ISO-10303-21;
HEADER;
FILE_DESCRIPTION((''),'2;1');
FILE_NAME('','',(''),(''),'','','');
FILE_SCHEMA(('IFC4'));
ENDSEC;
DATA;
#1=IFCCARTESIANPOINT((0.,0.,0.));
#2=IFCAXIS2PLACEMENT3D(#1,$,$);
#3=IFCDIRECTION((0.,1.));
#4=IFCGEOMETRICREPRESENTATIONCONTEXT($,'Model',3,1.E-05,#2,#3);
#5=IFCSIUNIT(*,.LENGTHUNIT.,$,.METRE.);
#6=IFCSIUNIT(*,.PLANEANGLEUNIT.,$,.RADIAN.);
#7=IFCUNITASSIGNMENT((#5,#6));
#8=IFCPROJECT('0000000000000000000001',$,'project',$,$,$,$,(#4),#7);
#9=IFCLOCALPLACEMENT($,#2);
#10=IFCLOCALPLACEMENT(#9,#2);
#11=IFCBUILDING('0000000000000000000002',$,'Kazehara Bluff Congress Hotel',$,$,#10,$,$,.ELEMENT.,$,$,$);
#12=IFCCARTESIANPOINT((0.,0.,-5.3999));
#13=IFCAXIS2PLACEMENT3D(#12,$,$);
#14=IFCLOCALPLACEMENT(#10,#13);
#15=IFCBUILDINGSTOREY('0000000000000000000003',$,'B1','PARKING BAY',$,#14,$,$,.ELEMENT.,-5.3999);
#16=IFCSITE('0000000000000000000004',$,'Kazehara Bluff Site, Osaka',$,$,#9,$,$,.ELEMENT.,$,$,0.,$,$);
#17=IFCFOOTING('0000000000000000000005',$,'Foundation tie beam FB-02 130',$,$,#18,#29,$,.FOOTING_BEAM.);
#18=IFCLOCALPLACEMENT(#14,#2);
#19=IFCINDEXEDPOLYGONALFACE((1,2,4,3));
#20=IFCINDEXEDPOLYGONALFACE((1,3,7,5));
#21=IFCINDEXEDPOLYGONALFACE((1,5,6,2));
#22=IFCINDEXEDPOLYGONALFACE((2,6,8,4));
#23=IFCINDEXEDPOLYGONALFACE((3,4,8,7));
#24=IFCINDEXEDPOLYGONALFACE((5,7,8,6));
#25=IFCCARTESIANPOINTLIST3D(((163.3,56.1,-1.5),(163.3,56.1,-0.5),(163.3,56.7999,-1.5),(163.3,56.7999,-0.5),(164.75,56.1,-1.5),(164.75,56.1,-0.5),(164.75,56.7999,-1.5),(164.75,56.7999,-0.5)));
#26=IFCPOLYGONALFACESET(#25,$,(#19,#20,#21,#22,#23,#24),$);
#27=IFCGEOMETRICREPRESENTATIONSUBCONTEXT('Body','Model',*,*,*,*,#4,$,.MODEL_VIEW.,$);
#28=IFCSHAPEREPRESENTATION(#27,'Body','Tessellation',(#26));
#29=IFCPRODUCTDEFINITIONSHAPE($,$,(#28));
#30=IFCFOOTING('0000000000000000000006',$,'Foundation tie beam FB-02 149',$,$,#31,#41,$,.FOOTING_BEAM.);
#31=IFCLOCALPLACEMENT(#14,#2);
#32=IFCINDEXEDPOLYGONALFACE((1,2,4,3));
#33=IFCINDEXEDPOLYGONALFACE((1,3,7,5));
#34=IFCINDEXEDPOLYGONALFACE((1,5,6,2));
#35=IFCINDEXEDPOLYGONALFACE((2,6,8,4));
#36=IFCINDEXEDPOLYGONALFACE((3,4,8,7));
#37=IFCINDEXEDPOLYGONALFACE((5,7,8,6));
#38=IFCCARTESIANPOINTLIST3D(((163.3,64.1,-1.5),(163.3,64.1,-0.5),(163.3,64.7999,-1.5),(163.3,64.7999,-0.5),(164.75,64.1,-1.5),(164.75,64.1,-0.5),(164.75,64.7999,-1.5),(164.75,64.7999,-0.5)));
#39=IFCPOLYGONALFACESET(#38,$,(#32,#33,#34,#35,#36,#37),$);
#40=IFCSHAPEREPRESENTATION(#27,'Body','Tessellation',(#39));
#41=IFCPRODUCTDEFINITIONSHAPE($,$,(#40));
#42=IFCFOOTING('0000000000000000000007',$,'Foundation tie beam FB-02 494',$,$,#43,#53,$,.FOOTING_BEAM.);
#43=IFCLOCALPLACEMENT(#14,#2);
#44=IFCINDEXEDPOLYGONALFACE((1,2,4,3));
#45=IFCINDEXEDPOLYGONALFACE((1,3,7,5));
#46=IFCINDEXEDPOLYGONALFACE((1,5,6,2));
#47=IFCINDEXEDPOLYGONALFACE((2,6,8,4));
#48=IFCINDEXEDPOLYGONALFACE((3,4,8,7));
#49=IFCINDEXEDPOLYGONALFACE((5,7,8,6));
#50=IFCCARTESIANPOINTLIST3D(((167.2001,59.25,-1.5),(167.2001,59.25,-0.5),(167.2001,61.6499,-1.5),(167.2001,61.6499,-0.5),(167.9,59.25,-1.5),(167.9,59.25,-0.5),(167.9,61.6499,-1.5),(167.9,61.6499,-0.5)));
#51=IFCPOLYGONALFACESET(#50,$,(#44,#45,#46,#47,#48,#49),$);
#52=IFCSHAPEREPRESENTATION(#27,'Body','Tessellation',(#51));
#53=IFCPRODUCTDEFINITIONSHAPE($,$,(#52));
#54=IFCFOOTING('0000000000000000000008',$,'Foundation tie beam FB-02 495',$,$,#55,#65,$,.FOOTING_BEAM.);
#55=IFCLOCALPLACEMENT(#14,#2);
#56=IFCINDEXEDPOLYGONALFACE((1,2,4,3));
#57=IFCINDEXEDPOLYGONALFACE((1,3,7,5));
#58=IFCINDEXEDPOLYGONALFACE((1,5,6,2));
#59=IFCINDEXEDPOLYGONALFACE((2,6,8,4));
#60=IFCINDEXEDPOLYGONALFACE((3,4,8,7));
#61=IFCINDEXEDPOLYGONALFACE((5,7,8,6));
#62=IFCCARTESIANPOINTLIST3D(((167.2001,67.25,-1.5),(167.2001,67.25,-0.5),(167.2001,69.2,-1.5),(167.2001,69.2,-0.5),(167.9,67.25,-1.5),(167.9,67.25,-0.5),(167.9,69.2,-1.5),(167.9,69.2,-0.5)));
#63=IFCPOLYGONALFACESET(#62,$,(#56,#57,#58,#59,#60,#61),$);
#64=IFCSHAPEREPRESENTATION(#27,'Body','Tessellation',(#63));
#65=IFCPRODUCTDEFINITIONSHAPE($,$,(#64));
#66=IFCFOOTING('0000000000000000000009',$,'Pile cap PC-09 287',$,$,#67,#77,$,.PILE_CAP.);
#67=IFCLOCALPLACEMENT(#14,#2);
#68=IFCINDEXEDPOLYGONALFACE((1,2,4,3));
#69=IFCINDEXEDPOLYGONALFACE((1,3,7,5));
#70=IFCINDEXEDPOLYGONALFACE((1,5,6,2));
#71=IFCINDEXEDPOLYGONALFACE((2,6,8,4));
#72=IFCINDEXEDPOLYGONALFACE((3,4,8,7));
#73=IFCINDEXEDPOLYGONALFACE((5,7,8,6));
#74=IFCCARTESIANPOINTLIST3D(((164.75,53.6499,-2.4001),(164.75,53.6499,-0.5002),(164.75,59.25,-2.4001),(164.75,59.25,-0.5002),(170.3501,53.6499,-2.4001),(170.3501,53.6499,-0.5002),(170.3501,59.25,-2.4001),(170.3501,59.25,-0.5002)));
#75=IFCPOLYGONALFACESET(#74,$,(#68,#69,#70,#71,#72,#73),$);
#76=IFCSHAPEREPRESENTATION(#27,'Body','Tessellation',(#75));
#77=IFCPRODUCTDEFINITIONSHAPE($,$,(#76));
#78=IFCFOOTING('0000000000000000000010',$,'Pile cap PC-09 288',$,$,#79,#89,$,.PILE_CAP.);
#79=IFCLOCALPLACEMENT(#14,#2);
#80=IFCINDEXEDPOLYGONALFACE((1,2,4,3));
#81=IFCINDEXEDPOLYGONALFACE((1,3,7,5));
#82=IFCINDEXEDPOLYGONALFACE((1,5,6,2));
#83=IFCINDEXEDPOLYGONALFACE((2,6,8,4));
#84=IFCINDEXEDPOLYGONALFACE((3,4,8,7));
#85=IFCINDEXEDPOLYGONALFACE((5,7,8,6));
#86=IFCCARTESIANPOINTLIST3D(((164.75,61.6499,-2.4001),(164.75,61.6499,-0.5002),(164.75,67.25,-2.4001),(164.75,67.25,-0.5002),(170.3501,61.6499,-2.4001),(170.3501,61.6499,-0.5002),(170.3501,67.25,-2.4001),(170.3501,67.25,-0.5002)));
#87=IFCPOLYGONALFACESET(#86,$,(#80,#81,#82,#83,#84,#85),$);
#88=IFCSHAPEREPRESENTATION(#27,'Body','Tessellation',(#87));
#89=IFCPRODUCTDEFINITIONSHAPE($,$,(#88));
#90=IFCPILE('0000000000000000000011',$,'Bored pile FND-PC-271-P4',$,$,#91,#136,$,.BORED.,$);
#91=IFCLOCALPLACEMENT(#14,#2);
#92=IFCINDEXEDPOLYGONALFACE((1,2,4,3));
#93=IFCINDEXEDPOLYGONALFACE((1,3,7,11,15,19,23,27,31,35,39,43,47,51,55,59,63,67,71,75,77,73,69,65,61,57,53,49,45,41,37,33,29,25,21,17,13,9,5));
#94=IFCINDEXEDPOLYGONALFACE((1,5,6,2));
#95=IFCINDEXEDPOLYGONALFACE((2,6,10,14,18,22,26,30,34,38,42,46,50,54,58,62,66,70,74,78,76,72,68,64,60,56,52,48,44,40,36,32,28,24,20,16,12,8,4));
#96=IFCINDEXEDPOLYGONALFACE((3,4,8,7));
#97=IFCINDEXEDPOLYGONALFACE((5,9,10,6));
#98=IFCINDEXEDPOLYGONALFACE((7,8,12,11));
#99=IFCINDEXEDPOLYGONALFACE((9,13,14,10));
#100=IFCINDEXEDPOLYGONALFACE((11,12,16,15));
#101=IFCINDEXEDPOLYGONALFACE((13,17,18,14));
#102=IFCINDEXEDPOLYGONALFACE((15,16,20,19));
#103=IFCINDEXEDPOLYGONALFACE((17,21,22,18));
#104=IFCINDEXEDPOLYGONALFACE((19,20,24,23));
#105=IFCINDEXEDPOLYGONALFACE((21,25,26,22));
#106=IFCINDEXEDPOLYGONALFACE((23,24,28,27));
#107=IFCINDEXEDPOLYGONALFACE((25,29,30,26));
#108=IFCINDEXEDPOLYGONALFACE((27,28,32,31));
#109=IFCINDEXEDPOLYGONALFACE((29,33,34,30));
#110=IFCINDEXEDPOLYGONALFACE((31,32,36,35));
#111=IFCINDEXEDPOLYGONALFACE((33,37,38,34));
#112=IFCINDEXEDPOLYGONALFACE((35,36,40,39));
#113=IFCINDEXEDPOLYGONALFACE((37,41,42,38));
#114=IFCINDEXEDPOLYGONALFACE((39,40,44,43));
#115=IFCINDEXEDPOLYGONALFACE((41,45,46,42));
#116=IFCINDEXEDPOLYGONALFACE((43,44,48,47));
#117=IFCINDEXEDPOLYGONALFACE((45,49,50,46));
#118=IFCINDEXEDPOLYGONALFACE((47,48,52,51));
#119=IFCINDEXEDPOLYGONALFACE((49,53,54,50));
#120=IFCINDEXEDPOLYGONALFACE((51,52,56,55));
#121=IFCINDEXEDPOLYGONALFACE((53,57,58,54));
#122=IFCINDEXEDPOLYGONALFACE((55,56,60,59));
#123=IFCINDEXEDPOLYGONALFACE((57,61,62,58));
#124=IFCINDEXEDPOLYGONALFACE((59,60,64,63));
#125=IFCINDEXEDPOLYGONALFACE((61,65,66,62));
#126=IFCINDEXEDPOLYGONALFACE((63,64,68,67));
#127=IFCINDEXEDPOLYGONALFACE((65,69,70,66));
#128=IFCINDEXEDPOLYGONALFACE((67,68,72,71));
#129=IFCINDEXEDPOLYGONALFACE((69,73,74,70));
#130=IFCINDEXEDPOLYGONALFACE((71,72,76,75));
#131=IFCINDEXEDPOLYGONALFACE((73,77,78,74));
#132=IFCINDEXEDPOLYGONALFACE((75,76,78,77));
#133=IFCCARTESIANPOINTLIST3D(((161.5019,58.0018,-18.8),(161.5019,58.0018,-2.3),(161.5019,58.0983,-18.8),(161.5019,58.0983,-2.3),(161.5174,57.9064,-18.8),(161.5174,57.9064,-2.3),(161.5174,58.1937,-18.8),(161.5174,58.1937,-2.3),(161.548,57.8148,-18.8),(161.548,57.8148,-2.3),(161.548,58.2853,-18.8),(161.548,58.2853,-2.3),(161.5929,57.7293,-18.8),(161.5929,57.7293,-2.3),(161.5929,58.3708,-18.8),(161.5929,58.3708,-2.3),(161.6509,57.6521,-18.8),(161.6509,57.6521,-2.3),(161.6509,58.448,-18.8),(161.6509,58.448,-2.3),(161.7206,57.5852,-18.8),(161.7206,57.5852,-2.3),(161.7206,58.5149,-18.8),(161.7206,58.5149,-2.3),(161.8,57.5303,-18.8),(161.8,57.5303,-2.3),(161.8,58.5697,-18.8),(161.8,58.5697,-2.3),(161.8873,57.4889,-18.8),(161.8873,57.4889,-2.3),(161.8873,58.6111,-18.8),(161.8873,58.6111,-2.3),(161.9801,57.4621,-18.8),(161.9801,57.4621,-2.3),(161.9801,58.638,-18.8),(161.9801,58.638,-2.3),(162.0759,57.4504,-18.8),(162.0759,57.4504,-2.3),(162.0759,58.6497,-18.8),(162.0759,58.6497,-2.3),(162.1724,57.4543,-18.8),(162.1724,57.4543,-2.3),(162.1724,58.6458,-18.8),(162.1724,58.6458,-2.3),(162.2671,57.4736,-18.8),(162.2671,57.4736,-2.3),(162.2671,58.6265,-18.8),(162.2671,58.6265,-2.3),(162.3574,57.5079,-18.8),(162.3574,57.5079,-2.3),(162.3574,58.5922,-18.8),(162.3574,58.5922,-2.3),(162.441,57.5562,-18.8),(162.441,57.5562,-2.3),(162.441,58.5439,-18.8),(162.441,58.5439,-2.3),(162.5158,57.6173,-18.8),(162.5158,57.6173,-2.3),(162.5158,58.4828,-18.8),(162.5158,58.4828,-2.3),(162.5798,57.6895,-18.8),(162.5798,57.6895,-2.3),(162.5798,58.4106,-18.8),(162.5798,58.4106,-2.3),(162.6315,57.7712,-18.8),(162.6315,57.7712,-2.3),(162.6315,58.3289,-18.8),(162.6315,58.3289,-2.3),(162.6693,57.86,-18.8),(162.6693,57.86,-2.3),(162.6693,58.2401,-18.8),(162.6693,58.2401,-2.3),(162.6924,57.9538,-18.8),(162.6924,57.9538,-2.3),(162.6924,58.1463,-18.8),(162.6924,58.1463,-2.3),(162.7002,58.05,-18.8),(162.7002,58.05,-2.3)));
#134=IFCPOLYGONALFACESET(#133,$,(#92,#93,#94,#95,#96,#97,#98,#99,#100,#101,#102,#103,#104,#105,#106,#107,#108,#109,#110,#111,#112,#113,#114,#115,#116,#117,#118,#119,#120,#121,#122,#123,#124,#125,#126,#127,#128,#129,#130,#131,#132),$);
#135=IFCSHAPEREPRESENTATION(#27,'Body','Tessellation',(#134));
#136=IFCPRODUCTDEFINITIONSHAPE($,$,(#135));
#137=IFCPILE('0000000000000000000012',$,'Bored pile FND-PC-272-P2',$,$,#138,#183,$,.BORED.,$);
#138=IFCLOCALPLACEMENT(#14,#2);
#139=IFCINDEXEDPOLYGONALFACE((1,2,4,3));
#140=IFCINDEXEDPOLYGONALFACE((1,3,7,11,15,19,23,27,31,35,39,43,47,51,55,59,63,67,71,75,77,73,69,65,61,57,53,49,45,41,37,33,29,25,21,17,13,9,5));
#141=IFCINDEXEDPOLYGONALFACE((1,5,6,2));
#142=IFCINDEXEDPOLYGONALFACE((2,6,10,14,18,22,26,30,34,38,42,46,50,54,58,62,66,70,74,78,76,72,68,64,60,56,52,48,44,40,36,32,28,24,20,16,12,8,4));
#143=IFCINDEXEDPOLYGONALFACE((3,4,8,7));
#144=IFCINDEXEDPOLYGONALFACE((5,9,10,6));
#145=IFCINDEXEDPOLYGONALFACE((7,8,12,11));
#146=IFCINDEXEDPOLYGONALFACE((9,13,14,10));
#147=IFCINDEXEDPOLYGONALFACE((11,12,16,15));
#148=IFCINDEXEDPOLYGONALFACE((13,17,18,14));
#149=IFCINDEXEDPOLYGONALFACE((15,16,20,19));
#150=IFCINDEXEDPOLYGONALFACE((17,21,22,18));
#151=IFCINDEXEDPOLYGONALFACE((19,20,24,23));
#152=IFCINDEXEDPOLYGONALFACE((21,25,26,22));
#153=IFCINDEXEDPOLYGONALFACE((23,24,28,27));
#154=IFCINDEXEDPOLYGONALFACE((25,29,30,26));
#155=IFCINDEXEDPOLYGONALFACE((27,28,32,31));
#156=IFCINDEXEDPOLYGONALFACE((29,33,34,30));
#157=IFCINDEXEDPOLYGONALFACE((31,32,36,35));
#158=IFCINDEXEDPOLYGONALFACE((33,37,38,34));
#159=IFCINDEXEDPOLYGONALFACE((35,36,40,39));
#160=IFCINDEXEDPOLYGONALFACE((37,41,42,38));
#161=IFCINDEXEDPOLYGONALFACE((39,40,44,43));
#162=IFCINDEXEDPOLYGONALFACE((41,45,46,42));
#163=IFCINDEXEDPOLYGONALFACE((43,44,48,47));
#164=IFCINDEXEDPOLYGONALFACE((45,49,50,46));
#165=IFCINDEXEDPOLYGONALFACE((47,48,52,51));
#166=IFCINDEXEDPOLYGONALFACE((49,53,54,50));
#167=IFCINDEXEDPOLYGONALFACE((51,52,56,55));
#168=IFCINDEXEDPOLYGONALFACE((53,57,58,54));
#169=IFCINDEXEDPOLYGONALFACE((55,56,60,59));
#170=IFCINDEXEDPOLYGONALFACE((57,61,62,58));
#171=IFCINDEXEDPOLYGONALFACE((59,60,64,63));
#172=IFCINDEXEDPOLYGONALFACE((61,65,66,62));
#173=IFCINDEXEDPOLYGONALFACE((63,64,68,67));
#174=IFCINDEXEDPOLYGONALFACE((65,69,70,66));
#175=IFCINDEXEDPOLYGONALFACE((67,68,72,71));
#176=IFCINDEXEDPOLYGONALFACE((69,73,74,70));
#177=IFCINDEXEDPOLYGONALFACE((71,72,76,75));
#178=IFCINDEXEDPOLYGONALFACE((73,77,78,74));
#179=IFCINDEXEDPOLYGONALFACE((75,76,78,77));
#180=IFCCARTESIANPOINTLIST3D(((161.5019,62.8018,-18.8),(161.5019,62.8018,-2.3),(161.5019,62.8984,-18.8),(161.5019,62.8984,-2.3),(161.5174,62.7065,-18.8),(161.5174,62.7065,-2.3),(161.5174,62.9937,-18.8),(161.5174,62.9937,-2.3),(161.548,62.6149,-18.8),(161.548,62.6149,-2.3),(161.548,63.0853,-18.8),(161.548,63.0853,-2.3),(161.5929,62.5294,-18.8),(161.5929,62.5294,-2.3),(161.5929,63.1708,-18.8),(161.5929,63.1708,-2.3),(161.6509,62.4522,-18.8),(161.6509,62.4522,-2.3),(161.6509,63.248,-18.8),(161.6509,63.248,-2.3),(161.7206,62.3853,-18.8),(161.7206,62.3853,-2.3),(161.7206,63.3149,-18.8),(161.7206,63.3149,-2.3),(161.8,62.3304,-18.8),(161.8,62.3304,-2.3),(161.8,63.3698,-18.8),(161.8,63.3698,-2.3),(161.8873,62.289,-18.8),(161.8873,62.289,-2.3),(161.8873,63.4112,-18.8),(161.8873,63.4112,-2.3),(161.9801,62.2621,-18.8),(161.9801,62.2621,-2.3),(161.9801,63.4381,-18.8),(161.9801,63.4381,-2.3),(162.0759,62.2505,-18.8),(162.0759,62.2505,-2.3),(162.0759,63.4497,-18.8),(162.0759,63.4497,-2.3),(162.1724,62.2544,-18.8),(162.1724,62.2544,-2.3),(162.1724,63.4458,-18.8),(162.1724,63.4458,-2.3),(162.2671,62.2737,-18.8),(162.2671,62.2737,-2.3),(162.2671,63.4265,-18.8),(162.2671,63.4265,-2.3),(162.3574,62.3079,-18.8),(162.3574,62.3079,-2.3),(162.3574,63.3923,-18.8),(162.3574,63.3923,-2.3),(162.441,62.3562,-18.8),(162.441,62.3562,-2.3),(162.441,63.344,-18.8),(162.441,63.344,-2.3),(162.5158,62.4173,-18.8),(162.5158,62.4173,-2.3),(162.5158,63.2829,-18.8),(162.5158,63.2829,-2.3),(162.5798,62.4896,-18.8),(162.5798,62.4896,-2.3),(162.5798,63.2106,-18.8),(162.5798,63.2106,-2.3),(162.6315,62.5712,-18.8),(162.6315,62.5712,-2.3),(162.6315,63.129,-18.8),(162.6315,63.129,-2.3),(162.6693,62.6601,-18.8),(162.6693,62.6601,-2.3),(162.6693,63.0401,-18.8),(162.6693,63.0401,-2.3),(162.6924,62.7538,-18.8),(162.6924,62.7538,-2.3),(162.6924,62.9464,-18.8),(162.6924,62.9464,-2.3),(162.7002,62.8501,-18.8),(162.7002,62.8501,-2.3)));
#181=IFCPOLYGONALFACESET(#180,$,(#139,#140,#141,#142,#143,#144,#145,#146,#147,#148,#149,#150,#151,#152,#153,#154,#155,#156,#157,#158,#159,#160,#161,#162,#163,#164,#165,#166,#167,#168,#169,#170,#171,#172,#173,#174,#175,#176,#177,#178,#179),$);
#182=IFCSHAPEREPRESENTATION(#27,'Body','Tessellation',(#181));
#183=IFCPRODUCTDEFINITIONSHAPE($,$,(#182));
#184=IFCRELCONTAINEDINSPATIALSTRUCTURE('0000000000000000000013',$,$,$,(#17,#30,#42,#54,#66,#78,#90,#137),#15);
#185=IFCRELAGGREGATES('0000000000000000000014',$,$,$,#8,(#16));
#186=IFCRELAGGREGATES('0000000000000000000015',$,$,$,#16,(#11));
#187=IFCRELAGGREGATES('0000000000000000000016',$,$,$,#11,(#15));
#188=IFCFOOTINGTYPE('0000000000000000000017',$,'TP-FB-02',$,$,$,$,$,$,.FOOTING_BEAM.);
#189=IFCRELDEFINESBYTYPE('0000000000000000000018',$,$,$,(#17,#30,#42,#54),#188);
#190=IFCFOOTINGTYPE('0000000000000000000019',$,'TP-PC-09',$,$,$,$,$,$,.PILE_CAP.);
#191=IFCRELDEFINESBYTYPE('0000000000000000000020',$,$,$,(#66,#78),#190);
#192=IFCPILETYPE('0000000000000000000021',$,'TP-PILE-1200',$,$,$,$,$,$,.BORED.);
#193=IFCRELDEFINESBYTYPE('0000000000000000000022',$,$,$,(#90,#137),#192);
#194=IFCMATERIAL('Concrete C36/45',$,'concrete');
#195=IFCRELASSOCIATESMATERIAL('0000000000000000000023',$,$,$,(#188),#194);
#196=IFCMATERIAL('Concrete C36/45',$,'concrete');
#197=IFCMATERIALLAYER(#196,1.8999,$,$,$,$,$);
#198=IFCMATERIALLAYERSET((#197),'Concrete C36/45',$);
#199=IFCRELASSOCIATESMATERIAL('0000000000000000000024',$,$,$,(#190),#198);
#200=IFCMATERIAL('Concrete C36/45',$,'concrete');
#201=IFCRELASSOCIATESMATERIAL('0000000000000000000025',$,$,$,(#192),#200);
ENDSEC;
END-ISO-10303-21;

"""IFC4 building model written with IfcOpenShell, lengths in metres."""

from ifc_helpers import new_model, si_unit, direction, frame, origin, origin_2d, place, context, subcontext, project, spatial, rectangle, circle, extrude, material, layer, layer_set, material_profile, profile_set, type_object, element, save


model = new_model("IFC4")

# Units and contexts
model_context = context("Model", 3, precision=1e-05, world=origin(), true_north=direction((0.0, 1.0)))
body_context = subcontext(model_context, "Body", "Model", "MODEL_VIEW")
ifc_project = project(units=[si_unit("LENGTHUNIT", "METRE"), si_unit("PLANEANGLEUNIT", "RADIAN")], contexts=[model_context])

# Site, building, storey
site_placement = place(None, origin())
site = spatial("IfcSite", under=ifc_project, at=site_placement, Name="Kazehara Bluff Site, Osaka", CompositionType="ELEMENT", RefElevation=0.0)
building_placement = place(site_placement, origin())
building = spatial("IfcBuilding", under=site, at=building_placement, Name="Kazehara Bluff Congress Hotel", CompositionType="ELEMENT")
storey_placement = place(building_placement, frame((0.0, 0.0, -5.3999)))
storey = spatial("IfcBuildingStorey", under=building, at=storey_placement, Name="B1", Description="PARKING BAY", CompositionType="ELEMENT", Elevation=-5.3999)

# Footings
ifc_material_1 = material(Name="Concrete C36/45", Category="concrete")
ifc_material_profile_1 = material_profile(ifc_material_1, rectangle(XDim=0.7, YDim=1.0, at=origin_2d()))
ifc_profile_set_1 = profile_set([ifc_material_profile_1], Name="Concrete C36/45")
footing_type_1 = type_object("IfcFootingType", Name="TP-FB-02", PredefinedType="FOOTING_BEAM", material=ifc_profile_set_1)
for number, where, z_axis, x_axis, name in (
    (1, (163.3, 56.45, -1.0), (1.0, 0.0, 0.0), (0.0, 1.0, 0.0), "Foundation tie beam FB-02 130"),
    (2, (163.3, 64.45, -1.0), (1.0, 0.0, 0.0), (0.0, 1.0, 0.0), "Foundation tie beam FB-02 149"),
):
    element("IfcFooting", number, at=place(storey_placement, frame(where, z_axis=z_axis, x_axis=x_axis)), inside=storey, type_object=footing_type_1, Name=name, PredefinedType="FOOTING_BEAM", context=body_context, shape_type="SweptSolid", body=[
        extrude(rectangle(XDim=0.7, YDim=1.0, at=origin_2d()), origin(), (0.0, 0.0, 1.0), 1.45),
    ])
footing_1_placement = place(storey_placement, frame((167.55, 59.25, -1.0), z_axis=(0.0, 1.0, 0.0), x_axis=(-1.0, 0.0, 0.0)))
element("IfcFooting", 3, at=footing_1_placement, inside=storey, type_object=footing_type_1, Name="Foundation tie beam FB-02 494", PredefinedType="FOOTING_BEAM", context=body_context, shape_type="SweptSolid", body=[
    extrude(rectangle(XDim=0.7, YDim=1.0, at=origin_2d()), origin(), (0.0, 0.0, 1.0), 2.3999),
])
footing_2_placement = place(storey_placement, frame((167.55, 67.25, -1.0), z_axis=(0.0, 1.0, 0.0), x_axis=(-1.0, 0.0, 0.0)))
element("IfcFooting", 4, at=footing_2_placement, inside=storey, type_object=footing_type_1, Name="Foundation tie beam FB-02 495", PredefinedType="FOOTING_BEAM", context=body_context, shape_type="SweptSolid", body=[
    extrude(rectangle(XDim=0.7, YDim=1.0, at=origin_2d()), origin(), (0.0, 0.0, 1.0), 1.95),
])
ifc_material_2 = material(Name="Concrete C36/45", Category="concrete")
ifc_layer = layer(ifc_material_2, 1.8999)
ifc_layer_set = layer_set([ifc_layer], Name="Concrete C36/45")
footing_type_2 = type_object("IfcFootingType", Name="TP-PC-09", PredefinedType="PILE_CAP", material=ifc_layer_set)
for number, where, z_axis, x_axis, name in (
    (5, (167.55, 56.45, -2.4001), (0.0, 0.0, 1.0), (1.0, 0.0, 0.0), "Pile cap PC-09 287"),
    (6, (167.55, 64.45, -2.4001), (0.0, 0.0, 1.0), (1.0, 0.0, 0.0), "Pile cap PC-09 288"),
):
    element("IfcFooting", number, at=place(storey_placement, frame(where, z_axis=z_axis, x_axis=x_axis)), inside=storey, type_object=footing_type_2, Name=name, PredefinedType="PILE_CAP", context=body_context, shape_type="SweptSolid", body=[
        extrude(rectangle(XDim=5.6001, YDim=5.6001, at=origin_2d()), origin(), (0.0, 0.0, 1.0), 1.8999),
    ])

# Piles
ifc_material_3 = material(Name="Concrete C36/45", Category="concrete")
ifc_material_profile_2 = material_profile(ifc_material_3, circle(Radius=0.6001, at=origin_2d()))
ifc_profile_set_2 = profile_set([ifc_material_profile_2], Name="Concrete C36/45")
pile_type = type_object("IfcPileType", Name="TP-PILE-1200", PredefinedType="BORED", material=ifc_profile_set_2)
for number, where, z_axis, x_axis, name in (
    (7, (162.1001, 58.05, -2.3), (0.0, 0.0, -1.0), (1.0, 0.0, 0.0), "Bored pile FND-PC-271-P4"),
    (8, (162.1001, 62.8501, -2.3), (0.0, 0.0, -1.0), (1.0, 0.0, 0.0), "Bored pile FND-PC-272-P2"),
):
    element("IfcPile", number, at=place(storey_placement, frame(where, z_axis=z_axis, x_axis=x_axis)), inside=storey, type_object=pile_type, Name=name, PredefinedType="BORED", context=body_context, shape_type="SweptSolid", body=[
        extrude(circle(Radius=0.6001, at=origin_2d()), origin(), (0.0, 0.0, 1.0), 16.5),
    ])

save(model, "model.ifc")
